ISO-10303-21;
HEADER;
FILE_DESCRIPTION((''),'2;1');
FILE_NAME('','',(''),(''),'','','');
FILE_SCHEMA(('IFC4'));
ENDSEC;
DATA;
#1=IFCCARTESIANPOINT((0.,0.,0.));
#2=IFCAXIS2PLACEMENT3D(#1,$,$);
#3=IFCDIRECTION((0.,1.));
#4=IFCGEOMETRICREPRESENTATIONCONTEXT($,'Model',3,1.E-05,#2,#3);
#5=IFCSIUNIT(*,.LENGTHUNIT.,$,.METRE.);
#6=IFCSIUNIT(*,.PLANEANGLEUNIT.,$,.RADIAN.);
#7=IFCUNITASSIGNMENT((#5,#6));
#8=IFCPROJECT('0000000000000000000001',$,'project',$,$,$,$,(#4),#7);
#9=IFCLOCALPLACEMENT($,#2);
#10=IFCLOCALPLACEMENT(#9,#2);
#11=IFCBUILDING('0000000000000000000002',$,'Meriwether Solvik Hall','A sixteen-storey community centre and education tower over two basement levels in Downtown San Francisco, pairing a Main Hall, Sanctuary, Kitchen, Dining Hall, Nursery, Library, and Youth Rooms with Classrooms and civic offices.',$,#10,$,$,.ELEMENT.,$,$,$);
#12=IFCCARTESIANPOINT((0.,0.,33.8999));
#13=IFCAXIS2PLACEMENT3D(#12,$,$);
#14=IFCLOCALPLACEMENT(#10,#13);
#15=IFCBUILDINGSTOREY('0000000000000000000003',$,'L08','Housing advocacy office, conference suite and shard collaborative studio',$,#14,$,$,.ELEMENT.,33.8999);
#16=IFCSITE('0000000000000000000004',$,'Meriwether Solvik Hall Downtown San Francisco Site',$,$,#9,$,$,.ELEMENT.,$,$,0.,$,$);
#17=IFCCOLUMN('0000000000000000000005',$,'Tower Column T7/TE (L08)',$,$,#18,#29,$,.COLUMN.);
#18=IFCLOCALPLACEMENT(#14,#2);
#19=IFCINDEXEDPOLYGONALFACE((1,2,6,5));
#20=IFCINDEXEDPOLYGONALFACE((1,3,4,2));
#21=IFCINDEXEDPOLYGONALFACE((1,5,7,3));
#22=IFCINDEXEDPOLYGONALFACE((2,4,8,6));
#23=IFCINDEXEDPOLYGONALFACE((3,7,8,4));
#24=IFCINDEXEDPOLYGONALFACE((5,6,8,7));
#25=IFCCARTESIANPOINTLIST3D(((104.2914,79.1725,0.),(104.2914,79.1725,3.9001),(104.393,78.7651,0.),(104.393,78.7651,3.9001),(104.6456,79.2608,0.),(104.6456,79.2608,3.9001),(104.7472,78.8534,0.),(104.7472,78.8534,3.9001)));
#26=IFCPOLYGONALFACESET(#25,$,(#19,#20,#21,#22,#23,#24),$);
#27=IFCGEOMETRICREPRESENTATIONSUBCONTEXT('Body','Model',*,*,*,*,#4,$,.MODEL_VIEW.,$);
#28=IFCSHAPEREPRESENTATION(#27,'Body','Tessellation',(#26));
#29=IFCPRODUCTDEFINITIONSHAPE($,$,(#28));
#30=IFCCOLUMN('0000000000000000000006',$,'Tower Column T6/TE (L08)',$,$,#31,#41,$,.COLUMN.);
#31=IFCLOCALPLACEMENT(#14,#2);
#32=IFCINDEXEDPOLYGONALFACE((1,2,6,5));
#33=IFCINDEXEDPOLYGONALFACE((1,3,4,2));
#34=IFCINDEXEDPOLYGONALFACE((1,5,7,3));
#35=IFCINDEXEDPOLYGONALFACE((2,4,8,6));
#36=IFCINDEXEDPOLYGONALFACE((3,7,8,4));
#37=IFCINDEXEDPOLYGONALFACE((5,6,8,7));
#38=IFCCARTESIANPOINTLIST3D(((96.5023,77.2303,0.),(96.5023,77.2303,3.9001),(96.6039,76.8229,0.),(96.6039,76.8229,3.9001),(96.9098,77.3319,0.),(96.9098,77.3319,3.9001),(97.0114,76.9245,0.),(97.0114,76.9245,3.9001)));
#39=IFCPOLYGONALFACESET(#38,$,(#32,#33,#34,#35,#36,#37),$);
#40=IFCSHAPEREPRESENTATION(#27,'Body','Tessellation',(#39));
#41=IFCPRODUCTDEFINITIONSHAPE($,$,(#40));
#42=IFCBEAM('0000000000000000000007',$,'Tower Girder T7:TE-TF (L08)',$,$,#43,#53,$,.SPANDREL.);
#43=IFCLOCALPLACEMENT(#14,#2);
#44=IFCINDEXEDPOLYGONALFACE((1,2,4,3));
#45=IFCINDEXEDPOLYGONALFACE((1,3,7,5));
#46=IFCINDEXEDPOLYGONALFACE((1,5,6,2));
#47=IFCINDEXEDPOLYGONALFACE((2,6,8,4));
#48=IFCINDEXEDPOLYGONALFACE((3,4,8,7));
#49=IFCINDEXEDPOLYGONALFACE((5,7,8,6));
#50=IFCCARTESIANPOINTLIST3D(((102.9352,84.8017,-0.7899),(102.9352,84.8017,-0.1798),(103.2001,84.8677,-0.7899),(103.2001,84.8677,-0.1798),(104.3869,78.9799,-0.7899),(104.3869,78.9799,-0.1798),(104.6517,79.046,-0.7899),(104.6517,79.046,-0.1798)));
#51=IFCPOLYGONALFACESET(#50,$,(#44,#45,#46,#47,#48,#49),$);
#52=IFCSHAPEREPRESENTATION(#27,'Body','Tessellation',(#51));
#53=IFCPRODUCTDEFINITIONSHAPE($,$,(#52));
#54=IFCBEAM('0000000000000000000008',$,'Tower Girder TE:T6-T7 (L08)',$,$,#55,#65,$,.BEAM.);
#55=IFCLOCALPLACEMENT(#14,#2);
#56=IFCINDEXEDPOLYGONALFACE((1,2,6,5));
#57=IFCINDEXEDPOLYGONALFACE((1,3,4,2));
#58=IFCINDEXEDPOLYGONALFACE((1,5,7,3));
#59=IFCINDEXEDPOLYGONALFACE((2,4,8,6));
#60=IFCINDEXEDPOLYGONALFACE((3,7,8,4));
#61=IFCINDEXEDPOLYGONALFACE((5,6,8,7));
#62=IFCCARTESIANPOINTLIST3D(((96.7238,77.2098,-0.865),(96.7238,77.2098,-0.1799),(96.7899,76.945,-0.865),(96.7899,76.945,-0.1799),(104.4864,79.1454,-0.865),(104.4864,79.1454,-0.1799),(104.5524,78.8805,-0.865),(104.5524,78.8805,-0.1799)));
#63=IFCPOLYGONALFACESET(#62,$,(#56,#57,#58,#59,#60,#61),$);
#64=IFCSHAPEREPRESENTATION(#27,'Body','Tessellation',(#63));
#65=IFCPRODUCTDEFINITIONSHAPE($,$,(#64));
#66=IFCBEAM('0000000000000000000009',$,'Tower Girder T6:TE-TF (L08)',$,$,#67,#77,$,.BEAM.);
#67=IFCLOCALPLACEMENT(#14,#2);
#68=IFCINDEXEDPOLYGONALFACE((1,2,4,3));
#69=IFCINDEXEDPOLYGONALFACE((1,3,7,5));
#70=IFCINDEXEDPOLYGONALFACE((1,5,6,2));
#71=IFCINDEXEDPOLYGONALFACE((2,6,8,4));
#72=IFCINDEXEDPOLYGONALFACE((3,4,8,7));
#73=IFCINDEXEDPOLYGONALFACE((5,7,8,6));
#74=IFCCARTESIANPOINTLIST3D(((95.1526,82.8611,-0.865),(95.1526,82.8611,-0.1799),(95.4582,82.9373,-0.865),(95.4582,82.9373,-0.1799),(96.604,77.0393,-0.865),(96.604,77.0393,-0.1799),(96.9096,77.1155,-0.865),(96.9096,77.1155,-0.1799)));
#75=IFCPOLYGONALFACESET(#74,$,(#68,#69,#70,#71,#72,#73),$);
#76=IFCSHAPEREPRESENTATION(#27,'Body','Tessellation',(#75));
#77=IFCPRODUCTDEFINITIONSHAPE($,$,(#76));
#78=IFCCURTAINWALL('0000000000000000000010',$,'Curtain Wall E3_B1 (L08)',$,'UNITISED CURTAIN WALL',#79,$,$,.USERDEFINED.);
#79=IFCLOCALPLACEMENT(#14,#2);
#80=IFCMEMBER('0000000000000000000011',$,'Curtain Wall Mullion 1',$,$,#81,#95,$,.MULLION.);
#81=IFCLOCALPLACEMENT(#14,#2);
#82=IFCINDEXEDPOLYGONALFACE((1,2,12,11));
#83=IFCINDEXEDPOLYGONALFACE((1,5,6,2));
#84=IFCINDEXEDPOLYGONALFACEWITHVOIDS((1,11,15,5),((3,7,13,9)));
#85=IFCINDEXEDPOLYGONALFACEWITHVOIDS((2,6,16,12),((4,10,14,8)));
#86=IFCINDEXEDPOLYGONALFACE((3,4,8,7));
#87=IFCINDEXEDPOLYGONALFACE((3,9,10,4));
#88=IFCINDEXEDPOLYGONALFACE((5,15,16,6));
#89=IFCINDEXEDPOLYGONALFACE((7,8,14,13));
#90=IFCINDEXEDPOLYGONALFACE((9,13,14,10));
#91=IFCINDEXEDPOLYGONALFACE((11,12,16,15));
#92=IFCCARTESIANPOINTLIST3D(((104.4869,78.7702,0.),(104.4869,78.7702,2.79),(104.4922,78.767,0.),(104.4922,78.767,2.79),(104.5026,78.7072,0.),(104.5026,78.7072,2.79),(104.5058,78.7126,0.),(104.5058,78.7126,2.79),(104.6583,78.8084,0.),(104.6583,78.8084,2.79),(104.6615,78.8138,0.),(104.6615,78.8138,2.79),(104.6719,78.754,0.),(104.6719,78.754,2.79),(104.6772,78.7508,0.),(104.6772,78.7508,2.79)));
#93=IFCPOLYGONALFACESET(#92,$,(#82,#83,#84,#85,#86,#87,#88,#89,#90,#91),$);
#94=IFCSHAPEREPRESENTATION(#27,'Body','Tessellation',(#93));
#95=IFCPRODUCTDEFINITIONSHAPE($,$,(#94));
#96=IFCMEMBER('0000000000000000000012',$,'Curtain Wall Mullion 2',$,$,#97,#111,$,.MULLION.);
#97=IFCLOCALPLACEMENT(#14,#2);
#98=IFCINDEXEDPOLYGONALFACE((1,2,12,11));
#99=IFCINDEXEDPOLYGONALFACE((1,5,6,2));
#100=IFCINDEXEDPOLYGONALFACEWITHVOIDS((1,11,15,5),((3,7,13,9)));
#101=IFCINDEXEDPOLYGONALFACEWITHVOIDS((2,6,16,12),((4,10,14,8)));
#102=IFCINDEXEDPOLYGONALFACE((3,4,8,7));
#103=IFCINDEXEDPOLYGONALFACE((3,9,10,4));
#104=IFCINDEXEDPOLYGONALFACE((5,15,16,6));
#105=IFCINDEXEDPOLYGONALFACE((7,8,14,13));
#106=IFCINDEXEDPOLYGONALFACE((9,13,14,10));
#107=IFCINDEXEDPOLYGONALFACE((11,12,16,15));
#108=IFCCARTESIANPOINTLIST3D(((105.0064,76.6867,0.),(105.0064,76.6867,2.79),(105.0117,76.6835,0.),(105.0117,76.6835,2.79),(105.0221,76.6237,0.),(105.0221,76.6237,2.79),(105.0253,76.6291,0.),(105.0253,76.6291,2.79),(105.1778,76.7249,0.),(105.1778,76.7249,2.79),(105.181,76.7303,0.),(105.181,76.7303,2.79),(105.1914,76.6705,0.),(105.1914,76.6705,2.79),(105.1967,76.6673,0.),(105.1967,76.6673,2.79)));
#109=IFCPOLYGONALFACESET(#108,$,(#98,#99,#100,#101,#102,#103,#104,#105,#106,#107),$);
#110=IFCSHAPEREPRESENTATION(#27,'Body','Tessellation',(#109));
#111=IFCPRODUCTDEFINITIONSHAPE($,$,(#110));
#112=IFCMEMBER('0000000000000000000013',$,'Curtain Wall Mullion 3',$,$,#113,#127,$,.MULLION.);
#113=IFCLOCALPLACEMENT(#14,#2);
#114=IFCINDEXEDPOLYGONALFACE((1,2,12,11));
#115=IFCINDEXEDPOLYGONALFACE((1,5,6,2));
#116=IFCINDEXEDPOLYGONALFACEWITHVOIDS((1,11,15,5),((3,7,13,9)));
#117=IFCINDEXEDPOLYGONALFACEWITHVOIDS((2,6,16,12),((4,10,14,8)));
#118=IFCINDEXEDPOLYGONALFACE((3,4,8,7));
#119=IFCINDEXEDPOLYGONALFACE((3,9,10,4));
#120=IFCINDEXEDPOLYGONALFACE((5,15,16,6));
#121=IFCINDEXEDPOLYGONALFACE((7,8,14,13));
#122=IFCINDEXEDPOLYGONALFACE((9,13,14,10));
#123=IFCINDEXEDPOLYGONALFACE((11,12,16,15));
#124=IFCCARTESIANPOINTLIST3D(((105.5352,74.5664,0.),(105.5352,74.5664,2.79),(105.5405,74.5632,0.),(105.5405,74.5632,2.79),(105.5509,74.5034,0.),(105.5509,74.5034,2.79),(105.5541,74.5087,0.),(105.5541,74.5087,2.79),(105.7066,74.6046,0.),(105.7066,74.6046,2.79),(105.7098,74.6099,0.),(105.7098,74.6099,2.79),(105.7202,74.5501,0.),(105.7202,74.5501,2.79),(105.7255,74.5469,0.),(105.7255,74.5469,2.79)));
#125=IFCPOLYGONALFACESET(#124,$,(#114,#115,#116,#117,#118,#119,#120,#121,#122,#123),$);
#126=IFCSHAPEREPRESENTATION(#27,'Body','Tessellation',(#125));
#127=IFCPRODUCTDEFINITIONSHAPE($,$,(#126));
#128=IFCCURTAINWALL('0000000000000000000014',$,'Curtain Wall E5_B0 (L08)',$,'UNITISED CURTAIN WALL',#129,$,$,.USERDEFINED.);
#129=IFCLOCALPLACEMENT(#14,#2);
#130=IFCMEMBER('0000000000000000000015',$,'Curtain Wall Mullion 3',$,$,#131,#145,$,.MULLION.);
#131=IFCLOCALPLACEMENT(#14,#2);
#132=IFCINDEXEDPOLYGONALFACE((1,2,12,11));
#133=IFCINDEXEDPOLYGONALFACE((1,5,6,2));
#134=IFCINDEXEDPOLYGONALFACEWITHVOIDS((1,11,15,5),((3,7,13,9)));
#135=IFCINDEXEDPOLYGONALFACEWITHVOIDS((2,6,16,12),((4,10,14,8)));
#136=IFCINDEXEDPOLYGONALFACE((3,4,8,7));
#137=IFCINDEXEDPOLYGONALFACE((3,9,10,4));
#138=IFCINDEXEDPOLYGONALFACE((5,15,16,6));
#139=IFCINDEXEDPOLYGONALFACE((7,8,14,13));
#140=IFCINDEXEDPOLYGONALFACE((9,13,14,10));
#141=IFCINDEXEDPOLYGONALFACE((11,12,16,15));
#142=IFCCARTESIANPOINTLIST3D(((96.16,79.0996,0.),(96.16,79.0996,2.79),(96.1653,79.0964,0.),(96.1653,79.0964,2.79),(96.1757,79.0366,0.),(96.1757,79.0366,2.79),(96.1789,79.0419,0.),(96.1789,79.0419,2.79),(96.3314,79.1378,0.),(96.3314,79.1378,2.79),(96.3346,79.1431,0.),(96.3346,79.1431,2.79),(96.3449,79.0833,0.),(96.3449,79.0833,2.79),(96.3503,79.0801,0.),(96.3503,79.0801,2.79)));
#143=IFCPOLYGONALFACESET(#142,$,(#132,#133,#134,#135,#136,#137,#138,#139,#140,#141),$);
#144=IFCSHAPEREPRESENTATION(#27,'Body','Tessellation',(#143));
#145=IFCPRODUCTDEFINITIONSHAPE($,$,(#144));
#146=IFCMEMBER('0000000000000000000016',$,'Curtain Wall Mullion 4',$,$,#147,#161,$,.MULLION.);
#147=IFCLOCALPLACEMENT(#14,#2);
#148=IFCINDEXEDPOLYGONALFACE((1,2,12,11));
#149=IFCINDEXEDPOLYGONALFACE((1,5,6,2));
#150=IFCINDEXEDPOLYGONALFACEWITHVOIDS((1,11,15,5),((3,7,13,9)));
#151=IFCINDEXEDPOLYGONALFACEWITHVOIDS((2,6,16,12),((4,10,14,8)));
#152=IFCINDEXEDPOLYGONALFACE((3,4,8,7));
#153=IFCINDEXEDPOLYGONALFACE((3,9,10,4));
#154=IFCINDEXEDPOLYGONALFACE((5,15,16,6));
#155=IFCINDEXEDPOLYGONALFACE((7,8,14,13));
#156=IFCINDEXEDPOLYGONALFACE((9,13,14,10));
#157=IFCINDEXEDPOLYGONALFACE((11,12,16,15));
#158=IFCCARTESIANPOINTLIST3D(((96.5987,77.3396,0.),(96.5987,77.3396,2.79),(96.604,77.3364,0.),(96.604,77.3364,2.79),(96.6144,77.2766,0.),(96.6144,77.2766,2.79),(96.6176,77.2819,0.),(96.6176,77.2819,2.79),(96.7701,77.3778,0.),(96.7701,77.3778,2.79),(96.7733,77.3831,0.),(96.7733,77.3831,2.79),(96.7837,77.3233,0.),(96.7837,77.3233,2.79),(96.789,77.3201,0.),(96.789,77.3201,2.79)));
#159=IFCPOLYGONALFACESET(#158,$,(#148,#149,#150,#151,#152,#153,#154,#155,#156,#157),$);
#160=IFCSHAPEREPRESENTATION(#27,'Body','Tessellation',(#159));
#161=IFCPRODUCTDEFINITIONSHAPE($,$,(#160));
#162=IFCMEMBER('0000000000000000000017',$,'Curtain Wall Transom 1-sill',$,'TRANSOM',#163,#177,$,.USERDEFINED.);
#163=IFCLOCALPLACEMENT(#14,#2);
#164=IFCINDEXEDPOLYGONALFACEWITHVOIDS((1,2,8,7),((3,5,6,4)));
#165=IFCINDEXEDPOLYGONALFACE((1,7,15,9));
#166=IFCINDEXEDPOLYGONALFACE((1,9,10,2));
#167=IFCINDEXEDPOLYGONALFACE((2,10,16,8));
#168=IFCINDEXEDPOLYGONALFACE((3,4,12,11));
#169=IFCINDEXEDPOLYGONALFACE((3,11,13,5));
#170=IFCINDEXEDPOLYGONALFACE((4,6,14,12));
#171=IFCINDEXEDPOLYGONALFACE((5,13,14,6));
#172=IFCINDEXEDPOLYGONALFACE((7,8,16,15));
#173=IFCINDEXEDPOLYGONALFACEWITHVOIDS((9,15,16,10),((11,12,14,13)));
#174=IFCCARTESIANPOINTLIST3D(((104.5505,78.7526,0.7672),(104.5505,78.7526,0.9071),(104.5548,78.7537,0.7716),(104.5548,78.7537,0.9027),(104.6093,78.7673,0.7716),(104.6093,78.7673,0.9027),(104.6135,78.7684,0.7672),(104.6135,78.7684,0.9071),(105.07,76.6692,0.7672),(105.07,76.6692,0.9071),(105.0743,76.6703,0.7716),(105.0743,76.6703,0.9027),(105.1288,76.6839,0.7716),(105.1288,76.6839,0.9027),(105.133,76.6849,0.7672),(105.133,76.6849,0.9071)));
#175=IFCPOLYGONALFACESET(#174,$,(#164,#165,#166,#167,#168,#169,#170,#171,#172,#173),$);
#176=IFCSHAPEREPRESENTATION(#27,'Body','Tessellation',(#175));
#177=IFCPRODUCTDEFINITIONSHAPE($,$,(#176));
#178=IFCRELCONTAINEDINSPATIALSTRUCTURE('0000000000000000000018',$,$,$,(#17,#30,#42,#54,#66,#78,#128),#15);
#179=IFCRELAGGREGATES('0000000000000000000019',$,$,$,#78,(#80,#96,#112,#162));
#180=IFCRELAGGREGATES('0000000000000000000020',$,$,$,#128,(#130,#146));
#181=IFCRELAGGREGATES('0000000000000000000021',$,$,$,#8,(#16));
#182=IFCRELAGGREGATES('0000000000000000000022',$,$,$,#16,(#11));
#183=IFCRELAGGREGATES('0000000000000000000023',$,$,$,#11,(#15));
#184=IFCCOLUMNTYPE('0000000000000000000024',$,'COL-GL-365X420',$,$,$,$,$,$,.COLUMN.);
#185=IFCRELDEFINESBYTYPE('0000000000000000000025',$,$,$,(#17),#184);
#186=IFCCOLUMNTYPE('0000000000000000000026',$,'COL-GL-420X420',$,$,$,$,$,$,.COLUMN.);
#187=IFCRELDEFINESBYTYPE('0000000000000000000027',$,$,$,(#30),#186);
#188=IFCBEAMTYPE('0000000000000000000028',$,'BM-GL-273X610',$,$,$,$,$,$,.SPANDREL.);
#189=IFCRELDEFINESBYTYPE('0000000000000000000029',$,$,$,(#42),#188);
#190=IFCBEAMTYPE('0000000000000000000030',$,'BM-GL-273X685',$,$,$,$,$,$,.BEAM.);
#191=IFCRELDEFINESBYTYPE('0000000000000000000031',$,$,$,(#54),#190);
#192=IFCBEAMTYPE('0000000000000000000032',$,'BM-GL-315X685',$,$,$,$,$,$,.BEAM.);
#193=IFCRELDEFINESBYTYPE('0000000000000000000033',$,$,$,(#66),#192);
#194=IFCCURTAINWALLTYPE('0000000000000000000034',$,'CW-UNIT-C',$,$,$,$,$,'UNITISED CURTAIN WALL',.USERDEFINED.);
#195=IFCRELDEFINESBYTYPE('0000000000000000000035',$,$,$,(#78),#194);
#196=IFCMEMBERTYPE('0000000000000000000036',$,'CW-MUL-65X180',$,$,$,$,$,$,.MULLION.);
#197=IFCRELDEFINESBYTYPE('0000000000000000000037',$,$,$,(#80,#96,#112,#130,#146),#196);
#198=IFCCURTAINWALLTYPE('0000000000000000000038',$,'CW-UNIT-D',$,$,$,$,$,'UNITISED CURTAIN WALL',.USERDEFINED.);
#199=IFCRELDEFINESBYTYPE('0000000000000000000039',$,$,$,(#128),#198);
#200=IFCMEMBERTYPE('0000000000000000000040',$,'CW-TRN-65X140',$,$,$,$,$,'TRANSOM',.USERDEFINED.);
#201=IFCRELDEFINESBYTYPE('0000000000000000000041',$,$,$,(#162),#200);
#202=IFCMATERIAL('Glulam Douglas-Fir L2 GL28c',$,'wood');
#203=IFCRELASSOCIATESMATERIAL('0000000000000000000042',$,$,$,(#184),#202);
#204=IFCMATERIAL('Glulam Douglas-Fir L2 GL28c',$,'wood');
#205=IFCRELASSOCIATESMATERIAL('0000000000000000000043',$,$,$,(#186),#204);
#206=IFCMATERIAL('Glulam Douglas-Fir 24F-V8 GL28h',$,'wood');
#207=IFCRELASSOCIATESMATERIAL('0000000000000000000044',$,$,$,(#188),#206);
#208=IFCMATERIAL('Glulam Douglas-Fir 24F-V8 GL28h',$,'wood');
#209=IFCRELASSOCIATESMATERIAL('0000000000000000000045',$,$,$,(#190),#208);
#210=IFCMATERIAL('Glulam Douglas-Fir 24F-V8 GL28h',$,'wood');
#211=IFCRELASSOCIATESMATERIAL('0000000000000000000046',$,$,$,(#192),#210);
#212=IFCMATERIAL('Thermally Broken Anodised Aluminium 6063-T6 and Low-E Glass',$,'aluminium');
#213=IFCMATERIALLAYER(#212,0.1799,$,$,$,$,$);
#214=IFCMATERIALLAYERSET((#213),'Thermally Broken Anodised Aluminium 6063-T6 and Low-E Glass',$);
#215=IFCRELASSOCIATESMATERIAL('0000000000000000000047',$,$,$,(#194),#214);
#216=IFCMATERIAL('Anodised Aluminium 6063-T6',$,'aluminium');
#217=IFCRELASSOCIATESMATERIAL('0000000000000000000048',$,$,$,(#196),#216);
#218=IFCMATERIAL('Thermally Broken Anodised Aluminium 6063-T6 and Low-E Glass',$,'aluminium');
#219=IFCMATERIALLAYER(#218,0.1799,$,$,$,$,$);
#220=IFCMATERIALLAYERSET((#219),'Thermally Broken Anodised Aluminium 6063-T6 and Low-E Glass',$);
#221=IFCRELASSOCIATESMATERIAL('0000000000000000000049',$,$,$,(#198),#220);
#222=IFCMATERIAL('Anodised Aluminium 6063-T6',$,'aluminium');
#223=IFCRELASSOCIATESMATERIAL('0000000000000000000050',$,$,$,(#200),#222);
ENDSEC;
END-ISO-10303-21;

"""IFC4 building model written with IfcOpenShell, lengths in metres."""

from ifc_helpers import new_model, si_unit, direction, frame, origin, origin_2d, place, context, subcontext, project, spatial, rectangle, hollow_rectangle, extrude, material, layer, layer_set, material_profile, profile_set, type_object, element, aggregate, save


model = new_model("IFC4")

# Units and contexts
model_context = context("Model", 3, precision=1e-05, world=origin(), true_north=direction((0.0, 1.0)))
body_context = subcontext(model_context, "Body", "Model", "MODEL_VIEW")
ifc_project = project(units=[si_unit("LENGTHUNIT", "METRE"), si_unit("PLANEANGLEUNIT", "RADIAN")], contexts=[model_context])

# Site, building, storey
site_placement = place(None, origin())
site = spatial("IfcSite", under=ifc_project, at=site_placement, Name="Meriwether Solvik Hall Downtown San Francisco Site", CompositionType="ELEMENT", RefElevation=0.0)
building_placement = place(site_placement, origin())
building = spatial("IfcBuilding", under=site, at=building_placement, Name="Meriwether Solvik Hall", Description="A sixteen-storey community centre and education tower over two basement levels in Downtown San Francisco, pairing a Main Hall, Sanctuary, Kitchen, Dining Hall, Nursery, Library, and Youth Rooms with Classrooms and civic offices.", CompositionType="ELEMENT")
storey_placement = place(building_placement, frame((0.0, 0.0, 33.8999)))
storey = spatial("IfcBuildingStorey", under=building, at=storey_placement, Name="L08", Description="Housing advocacy office, conference suite and shard collaborative studio", CompositionType="ELEMENT", Elevation=33.8999)

# Columns
ifc_material_1 = material(Name="Glulam Douglas-Fir L2 GL28c", Category="wood")
ifc_material_profile_1 = material_profile(ifc_material_1, rectangle(XDim=0.365, YDim=0.4199, at=origin_2d()), Name="GLC-365X420")
ifc_profile_set_1 = profile_set([ifc_material_profile_1], Name="Glulam Douglas-Fir L2 GL28c")
column_type_1 = type_object("IfcColumnType", Name="COL-GL-365X420", PredefinedType="COLUMN", material=ifc_profile_set_1)
column_1_placement = place(storey_placement, frame((104.5193, 79.0129, 0.0), z_axis=(0.0, 0.0, 1.0), x_axis=(0.970296, 0.241922, 0.0)))
element("IfcColumn", 1, at=column_1_placement, inside=storey, type_object=column_type_1, Name="Tower Column T7/TE (L08)", PredefinedType="COLUMN", context=body_context, shape_type="SweptSolid", body=[
    extrude(rectangle(XDim=0.365, YDim=0.4199, at=origin_2d()), origin(), (0.0, 0.0, 1.0), 3.9001),
])
ifc_material_2 = material(Name="Glulam Douglas-Fir L2 GL28c", Category="wood")
ifc_material_profile_2 = material_profile(ifc_material_2, rectangle(XDim=0.4199, YDim=0.4199, at=origin_2d()), Name="GLC-420X420")
ifc_profile_set_2 = profile_set([ifc_material_profile_2], Name="Glulam Douglas-Fir L2 GL28c")
column_type_2 = type_object("IfcColumnType", Name="COL-GL-420X420", PredefinedType="COLUMN", material=ifc_profile_set_2)
column_2_placement = place(storey_placement, frame((96.7568, 77.0774, 0.0), z_axis=(0.0, 0.0, 1.0), x_axis=(0.970296, 0.241922, 0.0)))
element("IfcColumn", 2, at=column_2_placement, inside=storey, type_object=column_type_2, Name="Tower Column T6/TE (L08)", PredefinedType="COLUMN", context=body_context, shape_type="SweptSolid", body=[
    extrude(rectangle(XDim=0.4199, YDim=0.4199, at=origin_2d()), origin(), (0.0, 0.0, 1.0), 3.9001),
])

# Beams
ifc_material_3 = material(Name="Glulam Douglas-Fir 24F-V8 GL28h", Category="wood")
ifc_material_profile_3 = material_profile(ifc_material_3, rectangle(XDim=0.2729, YDim=0.6101, at=origin_2d()), Name="GLB-273X610")
ifc_profile_set_3 = profile_set([ifc_material_profile_3], Name="Glulam Douglas-Fir 24F-V8 GL28h")
beam_type_1 = type_object("IfcBeamType", Name="BM-GL-273X610", PredefinedType="SPANDREL", material=ifc_profile_set_3)
beam_1_placement = place(storey_placement, frame((104.5193, 79.0129, -0.4849), z_axis=(-0.241942, 0.970291, 0.0), x_axis=(-0.970291, -0.241942, 0.0)))
element("IfcBeam", 3, at=beam_1_placement, inside=storey, type_object=beam_type_1, Name="Tower Girder T7:TE-TF (L08)", PredefinedType="SPANDREL", context=body_context, shape_type="SweptSolid", body=[
    extrude(rectangle(XDim=0.2729, YDim=0.6101, at=origin_2d()), origin(), (0.0, 0.0, 1.0), 6.0),
])
ifc_material_4 = material(Name="Glulam Douglas-Fir 24F-V8 GL28h", Category="wood")
ifc_material_profile_4 = material_profile(ifc_material_4, rectangle(XDim=0.2729, YDim=0.6851, at=origin_2d()), Name="GLB-273X685")
ifc_profile_set_4 = profile_set([ifc_material_profile_4], Name="Glulam Douglas-Fir 24F-V8 GL28h")
beam_type_2 = type_object("IfcBeamType", Name="BM-GL-273X685", PredefinedType="BEAM", material=ifc_profile_set_4)
beam_2_placement = place(storey_placement, frame((96.7568, 77.0774, -0.5225), z_axis=(0.970291, 0.24194, 0.0), x_axis=(-0.24194, 0.970291, 0.0)))
element("IfcBeam", 4, at=beam_2_placement, inside=storey, type_object=beam_type_2, Name="Tower Girder TE:T6-T7 (L08)", PredefinedType="BEAM", context=body_context, shape_type="SweptSolid", body=[
    extrude(rectangle(XDim=0.2729, YDim=0.6851, at=origin_2d()), origin(), (0.0, 0.0, 1.0), 8.0002),
])
ifc_material_5 = material(Name="Glulam Douglas-Fir 24F-V8 GL28h", Category="wood")
ifc_material_profile_5 = material_profile(ifc_material_5, rectangle(XDim=0.3149, YDim=0.6851, at=origin_2d()), Name="GLB-315X685")
ifc_profile_set_5 = profile_set([ifc_material_profile_5], Name="Glulam Douglas-Fir 24F-V8 GL28h")
beam_type_3 = type_object("IfcBeamType", Name="BM-GL-315X685", PredefinedType="BEAM", material=ifc_profile_set_5)
beam_3_placement = place(storey_placement, frame((96.7568, 77.0774, -0.5225), z_axis=(-0.241904, 0.9703, 0.0), x_axis=(-0.9703, -0.241904, 0.0)))
element("IfcBeam", 5, at=beam_3_placement, inside=storey, type_object=beam_type_3, Name="Tower Girder T6:TE-TF (L08)", PredefinedType="BEAM", context=body_context, shape_type="SweptSolid", body=[
    extrude(rectangle(XDim=0.3149, YDim=0.6851, at=origin_2d()), origin(), (0.0, 0.0, 1.0), 6.0),
])

# Curtain walls, members
ifc_material_6 = material(Name="Thermally Broken Anodised Aluminium 6063-T6 and Low-E Glass", Category="aluminium")
ifc_layer_1 = layer(ifc_material_6, 0.1799)
ifc_layer_set_1 = layer_set([ifc_layer_1], Name="Thermally Broken Anodised Aluminium 6063-T6 and Low-E Glass")
curtain_wall_type_1 = type_object("IfcCurtainWallType", Name="CW-UNIT-C", ElementType="UNITISED CURTAIN WALL", PredefinedType="USERDEFINED", material=ifc_layer_set_1)
curtain_wall_1_placement = place(storey_placement, origin())
curtain_wall_1 = element("IfcCurtainWall", 6, at=curtain_wall_1_placement, inside=storey, type_object=curtain_wall_type_1, Name="Curtain Wall E3_B1 (L08)", ObjectType="UNITISED CURTAIN WALL", PredefinedType="USERDEFINED")
ifc_material_7 = material(Name="Anodised Aluminium 6063-T6", Category="aluminium")
ifc_material_profile_6 = material_profile(ifc_material_7, hollow_rectangle(XDim=0.0649, YDim=0.1799, WallThickness=0.0044, at=origin_2d()), Name="CWM-65X180")
ifc_profile_set_6 = profile_set([ifc_material_profile_6], Name="Anodised Aluminium 6063-T6")
member_type_1 = type_object("IfcMemberType", Name="CW-MUL-65X180", PredefinedType="MULLION", material=ifc_profile_set_6)
member_1_placement = place(storey_placement, frame((104.582, 78.7605, 0.0), z_axis=(0.0, 0.0, 1.0), x_axis=(0.241922, -0.970296, 0.0)))
member_1 = element("IfcMember", 7, at=member_1_placement, type_object=member_type_1, Name="Curtain Wall Mullion 1", PredefinedType="MULLION", context=body_context, shape_type="SweptSolid", body=[
    extrude(hollow_rectangle(XDim=0.0649, YDim=0.1799, WallThickness=0.0044, at=origin_2d()), origin(), (0.0, 0.0, 1.0), 2.79),
])
member_2_placement = place(storey_placement, frame((105.1016, 76.677, 0.0), z_axis=(0.0, 0.0, 1.0), x_axis=(0.241922, -0.970296, 0.0)))
member_2 = element("IfcMember", 8, at=member_2_placement, type_object=member_type_1, Name="Curtain Wall Mullion 2", PredefinedType="MULLION", context=body_context, shape_type="SweptSolid", body=[
    extrude(hollow_rectangle(XDim=0.0649, YDim=0.1799, WallThickness=0.0044, at=origin_2d()), origin(), (0.0, 0.0, 1.0), 2.79),
])
member_3_placement = place(storey_placement, frame((105.6304, 74.5566, 0.0), z_axis=(0.0, 0.0, 1.0), x_axis=(0.241922, -0.970296, 0.0)))
member_3 = element("IfcMember", 9, at=member_3_placement, type_object=member_type_1, Name="Curtain Wall Mullion 3", PredefinedType="MULLION", context=body_context, shape_type="SweptSolid", body=[
    extrude(hollow_rectangle(XDim=0.0649, YDim=0.1799, WallThickness=0.0044, at=origin_2d()), origin(), (0.0, 0.0, 1.0), 2.79),
])
ifc_material_8 = material(Name="Thermally Broken Anodised Aluminium 6063-T6 and Low-E Glass", Category="aluminium")
ifc_layer_2 = layer(ifc_material_8, 0.1799)
ifc_layer_set_2 = layer_set([ifc_layer_2], Name="Thermally Broken Anodised Aluminium 6063-T6 and Low-E Glass")
curtain_wall_type_2 = type_object("IfcCurtainWallType", Name="CW-UNIT-D", ElementType="UNITISED CURTAIN WALL", PredefinedType="USERDEFINED", material=ifc_layer_set_2)
curtain_wall_2_placement = place(storey_placement, origin())
curtain_wall_2 = element("IfcCurtainWall", 10, at=curtain_wall_2_placement, inside=storey, type_object=curtain_wall_type_2, Name="Curtain Wall E5_B0 (L08)", ObjectType="UNITISED CURTAIN WALL", PredefinedType="USERDEFINED")
member_4_placement = place(storey_placement, frame((96.2551, 79.0898, 0.0), z_axis=(0.0, 0.0, 1.0), x_axis=(0.241922, -0.970296, 0.0)))
member_4 = element("IfcMember", 11, at=member_4_placement, type_object=member_type_1, Name="Curtain Wall Mullion 3", PredefinedType="MULLION", context=body_context, shape_type="SweptSolid", body=[
    extrude(hollow_rectangle(XDim=0.0649, YDim=0.1799, WallThickness=0.0044, at=origin_2d()), origin(), (0.0, 0.0, 1.0), 2.79),
])
member_5_placement = place(storey_placement, frame((96.6938, 77.3298, 0.0), z_axis=(0.0, 0.0, 1.0), x_axis=(0.241922, -0.970296, 0.0)))
member_5 = element("IfcMember", 12, at=member_5_placement, type_object=member_type_1, Name="Curtain Wall Mullion 4", PredefinedType="MULLION", context=body_context, shape_type="SweptSolid", body=[
    extrude(hollow_rectangle(XDim=0.0649, YDim=0.1799, WallThickness=0.0044, at=origin_2d()), origin(), (0.0, 0.0, 1.0), 2.79),
])

# Member
ifc_material_9 = material(Name="Anodised Aluminium 6063-T6", Category="aluminium")
ifc_material_profile_7 = material_profile(ifc_material_9, hollow_rectangle(XDim=0.0649, YDim=0.1399, WallThickness=0.0044, at=origin_2d()), Name="CWT-65X140")
ifc_profile_set_7 = profile_set([ifc_material_profile_7], Name="Anodised Aluminium 6063-T6")
member_type_2 = type_object("IfcMemberType", Name="CW-TRN-65X140", ElementType="TRANSOM", PredefinedType="USERDEFINED", material=ifc_profile_set_7)
member_6_placement = place(storey_placement, frame((104.582, 78.7605, 0.8372), z_axis=(0.241947, -0.970289, 0.0), x_axis=(0.970289, 0.241947, 0.0)))
member_6 = element("IfcMember", 13, at=member_6_placement, type_object=member_type_2, Name="Curtain Wall Transom 1-sill", ObjectType="TRANSOM", PredefinedType="USERDEFINED", context=body_context, shape_type="SweptSolid", body=[
    extrude(hollow_rectangle(XDim=0.0649, YDim=0.1399, WallThickness=0.0044, at=origin_2d()), origin(), (0.0, 0.0, 1.0), 2.1472),
])

aggregate(curtain_wall_1, [member_1, member_2, member_3, member_6])
aggregate(curtain_wall_2, [member_4, member_5])

save(model, "model.ifc")
